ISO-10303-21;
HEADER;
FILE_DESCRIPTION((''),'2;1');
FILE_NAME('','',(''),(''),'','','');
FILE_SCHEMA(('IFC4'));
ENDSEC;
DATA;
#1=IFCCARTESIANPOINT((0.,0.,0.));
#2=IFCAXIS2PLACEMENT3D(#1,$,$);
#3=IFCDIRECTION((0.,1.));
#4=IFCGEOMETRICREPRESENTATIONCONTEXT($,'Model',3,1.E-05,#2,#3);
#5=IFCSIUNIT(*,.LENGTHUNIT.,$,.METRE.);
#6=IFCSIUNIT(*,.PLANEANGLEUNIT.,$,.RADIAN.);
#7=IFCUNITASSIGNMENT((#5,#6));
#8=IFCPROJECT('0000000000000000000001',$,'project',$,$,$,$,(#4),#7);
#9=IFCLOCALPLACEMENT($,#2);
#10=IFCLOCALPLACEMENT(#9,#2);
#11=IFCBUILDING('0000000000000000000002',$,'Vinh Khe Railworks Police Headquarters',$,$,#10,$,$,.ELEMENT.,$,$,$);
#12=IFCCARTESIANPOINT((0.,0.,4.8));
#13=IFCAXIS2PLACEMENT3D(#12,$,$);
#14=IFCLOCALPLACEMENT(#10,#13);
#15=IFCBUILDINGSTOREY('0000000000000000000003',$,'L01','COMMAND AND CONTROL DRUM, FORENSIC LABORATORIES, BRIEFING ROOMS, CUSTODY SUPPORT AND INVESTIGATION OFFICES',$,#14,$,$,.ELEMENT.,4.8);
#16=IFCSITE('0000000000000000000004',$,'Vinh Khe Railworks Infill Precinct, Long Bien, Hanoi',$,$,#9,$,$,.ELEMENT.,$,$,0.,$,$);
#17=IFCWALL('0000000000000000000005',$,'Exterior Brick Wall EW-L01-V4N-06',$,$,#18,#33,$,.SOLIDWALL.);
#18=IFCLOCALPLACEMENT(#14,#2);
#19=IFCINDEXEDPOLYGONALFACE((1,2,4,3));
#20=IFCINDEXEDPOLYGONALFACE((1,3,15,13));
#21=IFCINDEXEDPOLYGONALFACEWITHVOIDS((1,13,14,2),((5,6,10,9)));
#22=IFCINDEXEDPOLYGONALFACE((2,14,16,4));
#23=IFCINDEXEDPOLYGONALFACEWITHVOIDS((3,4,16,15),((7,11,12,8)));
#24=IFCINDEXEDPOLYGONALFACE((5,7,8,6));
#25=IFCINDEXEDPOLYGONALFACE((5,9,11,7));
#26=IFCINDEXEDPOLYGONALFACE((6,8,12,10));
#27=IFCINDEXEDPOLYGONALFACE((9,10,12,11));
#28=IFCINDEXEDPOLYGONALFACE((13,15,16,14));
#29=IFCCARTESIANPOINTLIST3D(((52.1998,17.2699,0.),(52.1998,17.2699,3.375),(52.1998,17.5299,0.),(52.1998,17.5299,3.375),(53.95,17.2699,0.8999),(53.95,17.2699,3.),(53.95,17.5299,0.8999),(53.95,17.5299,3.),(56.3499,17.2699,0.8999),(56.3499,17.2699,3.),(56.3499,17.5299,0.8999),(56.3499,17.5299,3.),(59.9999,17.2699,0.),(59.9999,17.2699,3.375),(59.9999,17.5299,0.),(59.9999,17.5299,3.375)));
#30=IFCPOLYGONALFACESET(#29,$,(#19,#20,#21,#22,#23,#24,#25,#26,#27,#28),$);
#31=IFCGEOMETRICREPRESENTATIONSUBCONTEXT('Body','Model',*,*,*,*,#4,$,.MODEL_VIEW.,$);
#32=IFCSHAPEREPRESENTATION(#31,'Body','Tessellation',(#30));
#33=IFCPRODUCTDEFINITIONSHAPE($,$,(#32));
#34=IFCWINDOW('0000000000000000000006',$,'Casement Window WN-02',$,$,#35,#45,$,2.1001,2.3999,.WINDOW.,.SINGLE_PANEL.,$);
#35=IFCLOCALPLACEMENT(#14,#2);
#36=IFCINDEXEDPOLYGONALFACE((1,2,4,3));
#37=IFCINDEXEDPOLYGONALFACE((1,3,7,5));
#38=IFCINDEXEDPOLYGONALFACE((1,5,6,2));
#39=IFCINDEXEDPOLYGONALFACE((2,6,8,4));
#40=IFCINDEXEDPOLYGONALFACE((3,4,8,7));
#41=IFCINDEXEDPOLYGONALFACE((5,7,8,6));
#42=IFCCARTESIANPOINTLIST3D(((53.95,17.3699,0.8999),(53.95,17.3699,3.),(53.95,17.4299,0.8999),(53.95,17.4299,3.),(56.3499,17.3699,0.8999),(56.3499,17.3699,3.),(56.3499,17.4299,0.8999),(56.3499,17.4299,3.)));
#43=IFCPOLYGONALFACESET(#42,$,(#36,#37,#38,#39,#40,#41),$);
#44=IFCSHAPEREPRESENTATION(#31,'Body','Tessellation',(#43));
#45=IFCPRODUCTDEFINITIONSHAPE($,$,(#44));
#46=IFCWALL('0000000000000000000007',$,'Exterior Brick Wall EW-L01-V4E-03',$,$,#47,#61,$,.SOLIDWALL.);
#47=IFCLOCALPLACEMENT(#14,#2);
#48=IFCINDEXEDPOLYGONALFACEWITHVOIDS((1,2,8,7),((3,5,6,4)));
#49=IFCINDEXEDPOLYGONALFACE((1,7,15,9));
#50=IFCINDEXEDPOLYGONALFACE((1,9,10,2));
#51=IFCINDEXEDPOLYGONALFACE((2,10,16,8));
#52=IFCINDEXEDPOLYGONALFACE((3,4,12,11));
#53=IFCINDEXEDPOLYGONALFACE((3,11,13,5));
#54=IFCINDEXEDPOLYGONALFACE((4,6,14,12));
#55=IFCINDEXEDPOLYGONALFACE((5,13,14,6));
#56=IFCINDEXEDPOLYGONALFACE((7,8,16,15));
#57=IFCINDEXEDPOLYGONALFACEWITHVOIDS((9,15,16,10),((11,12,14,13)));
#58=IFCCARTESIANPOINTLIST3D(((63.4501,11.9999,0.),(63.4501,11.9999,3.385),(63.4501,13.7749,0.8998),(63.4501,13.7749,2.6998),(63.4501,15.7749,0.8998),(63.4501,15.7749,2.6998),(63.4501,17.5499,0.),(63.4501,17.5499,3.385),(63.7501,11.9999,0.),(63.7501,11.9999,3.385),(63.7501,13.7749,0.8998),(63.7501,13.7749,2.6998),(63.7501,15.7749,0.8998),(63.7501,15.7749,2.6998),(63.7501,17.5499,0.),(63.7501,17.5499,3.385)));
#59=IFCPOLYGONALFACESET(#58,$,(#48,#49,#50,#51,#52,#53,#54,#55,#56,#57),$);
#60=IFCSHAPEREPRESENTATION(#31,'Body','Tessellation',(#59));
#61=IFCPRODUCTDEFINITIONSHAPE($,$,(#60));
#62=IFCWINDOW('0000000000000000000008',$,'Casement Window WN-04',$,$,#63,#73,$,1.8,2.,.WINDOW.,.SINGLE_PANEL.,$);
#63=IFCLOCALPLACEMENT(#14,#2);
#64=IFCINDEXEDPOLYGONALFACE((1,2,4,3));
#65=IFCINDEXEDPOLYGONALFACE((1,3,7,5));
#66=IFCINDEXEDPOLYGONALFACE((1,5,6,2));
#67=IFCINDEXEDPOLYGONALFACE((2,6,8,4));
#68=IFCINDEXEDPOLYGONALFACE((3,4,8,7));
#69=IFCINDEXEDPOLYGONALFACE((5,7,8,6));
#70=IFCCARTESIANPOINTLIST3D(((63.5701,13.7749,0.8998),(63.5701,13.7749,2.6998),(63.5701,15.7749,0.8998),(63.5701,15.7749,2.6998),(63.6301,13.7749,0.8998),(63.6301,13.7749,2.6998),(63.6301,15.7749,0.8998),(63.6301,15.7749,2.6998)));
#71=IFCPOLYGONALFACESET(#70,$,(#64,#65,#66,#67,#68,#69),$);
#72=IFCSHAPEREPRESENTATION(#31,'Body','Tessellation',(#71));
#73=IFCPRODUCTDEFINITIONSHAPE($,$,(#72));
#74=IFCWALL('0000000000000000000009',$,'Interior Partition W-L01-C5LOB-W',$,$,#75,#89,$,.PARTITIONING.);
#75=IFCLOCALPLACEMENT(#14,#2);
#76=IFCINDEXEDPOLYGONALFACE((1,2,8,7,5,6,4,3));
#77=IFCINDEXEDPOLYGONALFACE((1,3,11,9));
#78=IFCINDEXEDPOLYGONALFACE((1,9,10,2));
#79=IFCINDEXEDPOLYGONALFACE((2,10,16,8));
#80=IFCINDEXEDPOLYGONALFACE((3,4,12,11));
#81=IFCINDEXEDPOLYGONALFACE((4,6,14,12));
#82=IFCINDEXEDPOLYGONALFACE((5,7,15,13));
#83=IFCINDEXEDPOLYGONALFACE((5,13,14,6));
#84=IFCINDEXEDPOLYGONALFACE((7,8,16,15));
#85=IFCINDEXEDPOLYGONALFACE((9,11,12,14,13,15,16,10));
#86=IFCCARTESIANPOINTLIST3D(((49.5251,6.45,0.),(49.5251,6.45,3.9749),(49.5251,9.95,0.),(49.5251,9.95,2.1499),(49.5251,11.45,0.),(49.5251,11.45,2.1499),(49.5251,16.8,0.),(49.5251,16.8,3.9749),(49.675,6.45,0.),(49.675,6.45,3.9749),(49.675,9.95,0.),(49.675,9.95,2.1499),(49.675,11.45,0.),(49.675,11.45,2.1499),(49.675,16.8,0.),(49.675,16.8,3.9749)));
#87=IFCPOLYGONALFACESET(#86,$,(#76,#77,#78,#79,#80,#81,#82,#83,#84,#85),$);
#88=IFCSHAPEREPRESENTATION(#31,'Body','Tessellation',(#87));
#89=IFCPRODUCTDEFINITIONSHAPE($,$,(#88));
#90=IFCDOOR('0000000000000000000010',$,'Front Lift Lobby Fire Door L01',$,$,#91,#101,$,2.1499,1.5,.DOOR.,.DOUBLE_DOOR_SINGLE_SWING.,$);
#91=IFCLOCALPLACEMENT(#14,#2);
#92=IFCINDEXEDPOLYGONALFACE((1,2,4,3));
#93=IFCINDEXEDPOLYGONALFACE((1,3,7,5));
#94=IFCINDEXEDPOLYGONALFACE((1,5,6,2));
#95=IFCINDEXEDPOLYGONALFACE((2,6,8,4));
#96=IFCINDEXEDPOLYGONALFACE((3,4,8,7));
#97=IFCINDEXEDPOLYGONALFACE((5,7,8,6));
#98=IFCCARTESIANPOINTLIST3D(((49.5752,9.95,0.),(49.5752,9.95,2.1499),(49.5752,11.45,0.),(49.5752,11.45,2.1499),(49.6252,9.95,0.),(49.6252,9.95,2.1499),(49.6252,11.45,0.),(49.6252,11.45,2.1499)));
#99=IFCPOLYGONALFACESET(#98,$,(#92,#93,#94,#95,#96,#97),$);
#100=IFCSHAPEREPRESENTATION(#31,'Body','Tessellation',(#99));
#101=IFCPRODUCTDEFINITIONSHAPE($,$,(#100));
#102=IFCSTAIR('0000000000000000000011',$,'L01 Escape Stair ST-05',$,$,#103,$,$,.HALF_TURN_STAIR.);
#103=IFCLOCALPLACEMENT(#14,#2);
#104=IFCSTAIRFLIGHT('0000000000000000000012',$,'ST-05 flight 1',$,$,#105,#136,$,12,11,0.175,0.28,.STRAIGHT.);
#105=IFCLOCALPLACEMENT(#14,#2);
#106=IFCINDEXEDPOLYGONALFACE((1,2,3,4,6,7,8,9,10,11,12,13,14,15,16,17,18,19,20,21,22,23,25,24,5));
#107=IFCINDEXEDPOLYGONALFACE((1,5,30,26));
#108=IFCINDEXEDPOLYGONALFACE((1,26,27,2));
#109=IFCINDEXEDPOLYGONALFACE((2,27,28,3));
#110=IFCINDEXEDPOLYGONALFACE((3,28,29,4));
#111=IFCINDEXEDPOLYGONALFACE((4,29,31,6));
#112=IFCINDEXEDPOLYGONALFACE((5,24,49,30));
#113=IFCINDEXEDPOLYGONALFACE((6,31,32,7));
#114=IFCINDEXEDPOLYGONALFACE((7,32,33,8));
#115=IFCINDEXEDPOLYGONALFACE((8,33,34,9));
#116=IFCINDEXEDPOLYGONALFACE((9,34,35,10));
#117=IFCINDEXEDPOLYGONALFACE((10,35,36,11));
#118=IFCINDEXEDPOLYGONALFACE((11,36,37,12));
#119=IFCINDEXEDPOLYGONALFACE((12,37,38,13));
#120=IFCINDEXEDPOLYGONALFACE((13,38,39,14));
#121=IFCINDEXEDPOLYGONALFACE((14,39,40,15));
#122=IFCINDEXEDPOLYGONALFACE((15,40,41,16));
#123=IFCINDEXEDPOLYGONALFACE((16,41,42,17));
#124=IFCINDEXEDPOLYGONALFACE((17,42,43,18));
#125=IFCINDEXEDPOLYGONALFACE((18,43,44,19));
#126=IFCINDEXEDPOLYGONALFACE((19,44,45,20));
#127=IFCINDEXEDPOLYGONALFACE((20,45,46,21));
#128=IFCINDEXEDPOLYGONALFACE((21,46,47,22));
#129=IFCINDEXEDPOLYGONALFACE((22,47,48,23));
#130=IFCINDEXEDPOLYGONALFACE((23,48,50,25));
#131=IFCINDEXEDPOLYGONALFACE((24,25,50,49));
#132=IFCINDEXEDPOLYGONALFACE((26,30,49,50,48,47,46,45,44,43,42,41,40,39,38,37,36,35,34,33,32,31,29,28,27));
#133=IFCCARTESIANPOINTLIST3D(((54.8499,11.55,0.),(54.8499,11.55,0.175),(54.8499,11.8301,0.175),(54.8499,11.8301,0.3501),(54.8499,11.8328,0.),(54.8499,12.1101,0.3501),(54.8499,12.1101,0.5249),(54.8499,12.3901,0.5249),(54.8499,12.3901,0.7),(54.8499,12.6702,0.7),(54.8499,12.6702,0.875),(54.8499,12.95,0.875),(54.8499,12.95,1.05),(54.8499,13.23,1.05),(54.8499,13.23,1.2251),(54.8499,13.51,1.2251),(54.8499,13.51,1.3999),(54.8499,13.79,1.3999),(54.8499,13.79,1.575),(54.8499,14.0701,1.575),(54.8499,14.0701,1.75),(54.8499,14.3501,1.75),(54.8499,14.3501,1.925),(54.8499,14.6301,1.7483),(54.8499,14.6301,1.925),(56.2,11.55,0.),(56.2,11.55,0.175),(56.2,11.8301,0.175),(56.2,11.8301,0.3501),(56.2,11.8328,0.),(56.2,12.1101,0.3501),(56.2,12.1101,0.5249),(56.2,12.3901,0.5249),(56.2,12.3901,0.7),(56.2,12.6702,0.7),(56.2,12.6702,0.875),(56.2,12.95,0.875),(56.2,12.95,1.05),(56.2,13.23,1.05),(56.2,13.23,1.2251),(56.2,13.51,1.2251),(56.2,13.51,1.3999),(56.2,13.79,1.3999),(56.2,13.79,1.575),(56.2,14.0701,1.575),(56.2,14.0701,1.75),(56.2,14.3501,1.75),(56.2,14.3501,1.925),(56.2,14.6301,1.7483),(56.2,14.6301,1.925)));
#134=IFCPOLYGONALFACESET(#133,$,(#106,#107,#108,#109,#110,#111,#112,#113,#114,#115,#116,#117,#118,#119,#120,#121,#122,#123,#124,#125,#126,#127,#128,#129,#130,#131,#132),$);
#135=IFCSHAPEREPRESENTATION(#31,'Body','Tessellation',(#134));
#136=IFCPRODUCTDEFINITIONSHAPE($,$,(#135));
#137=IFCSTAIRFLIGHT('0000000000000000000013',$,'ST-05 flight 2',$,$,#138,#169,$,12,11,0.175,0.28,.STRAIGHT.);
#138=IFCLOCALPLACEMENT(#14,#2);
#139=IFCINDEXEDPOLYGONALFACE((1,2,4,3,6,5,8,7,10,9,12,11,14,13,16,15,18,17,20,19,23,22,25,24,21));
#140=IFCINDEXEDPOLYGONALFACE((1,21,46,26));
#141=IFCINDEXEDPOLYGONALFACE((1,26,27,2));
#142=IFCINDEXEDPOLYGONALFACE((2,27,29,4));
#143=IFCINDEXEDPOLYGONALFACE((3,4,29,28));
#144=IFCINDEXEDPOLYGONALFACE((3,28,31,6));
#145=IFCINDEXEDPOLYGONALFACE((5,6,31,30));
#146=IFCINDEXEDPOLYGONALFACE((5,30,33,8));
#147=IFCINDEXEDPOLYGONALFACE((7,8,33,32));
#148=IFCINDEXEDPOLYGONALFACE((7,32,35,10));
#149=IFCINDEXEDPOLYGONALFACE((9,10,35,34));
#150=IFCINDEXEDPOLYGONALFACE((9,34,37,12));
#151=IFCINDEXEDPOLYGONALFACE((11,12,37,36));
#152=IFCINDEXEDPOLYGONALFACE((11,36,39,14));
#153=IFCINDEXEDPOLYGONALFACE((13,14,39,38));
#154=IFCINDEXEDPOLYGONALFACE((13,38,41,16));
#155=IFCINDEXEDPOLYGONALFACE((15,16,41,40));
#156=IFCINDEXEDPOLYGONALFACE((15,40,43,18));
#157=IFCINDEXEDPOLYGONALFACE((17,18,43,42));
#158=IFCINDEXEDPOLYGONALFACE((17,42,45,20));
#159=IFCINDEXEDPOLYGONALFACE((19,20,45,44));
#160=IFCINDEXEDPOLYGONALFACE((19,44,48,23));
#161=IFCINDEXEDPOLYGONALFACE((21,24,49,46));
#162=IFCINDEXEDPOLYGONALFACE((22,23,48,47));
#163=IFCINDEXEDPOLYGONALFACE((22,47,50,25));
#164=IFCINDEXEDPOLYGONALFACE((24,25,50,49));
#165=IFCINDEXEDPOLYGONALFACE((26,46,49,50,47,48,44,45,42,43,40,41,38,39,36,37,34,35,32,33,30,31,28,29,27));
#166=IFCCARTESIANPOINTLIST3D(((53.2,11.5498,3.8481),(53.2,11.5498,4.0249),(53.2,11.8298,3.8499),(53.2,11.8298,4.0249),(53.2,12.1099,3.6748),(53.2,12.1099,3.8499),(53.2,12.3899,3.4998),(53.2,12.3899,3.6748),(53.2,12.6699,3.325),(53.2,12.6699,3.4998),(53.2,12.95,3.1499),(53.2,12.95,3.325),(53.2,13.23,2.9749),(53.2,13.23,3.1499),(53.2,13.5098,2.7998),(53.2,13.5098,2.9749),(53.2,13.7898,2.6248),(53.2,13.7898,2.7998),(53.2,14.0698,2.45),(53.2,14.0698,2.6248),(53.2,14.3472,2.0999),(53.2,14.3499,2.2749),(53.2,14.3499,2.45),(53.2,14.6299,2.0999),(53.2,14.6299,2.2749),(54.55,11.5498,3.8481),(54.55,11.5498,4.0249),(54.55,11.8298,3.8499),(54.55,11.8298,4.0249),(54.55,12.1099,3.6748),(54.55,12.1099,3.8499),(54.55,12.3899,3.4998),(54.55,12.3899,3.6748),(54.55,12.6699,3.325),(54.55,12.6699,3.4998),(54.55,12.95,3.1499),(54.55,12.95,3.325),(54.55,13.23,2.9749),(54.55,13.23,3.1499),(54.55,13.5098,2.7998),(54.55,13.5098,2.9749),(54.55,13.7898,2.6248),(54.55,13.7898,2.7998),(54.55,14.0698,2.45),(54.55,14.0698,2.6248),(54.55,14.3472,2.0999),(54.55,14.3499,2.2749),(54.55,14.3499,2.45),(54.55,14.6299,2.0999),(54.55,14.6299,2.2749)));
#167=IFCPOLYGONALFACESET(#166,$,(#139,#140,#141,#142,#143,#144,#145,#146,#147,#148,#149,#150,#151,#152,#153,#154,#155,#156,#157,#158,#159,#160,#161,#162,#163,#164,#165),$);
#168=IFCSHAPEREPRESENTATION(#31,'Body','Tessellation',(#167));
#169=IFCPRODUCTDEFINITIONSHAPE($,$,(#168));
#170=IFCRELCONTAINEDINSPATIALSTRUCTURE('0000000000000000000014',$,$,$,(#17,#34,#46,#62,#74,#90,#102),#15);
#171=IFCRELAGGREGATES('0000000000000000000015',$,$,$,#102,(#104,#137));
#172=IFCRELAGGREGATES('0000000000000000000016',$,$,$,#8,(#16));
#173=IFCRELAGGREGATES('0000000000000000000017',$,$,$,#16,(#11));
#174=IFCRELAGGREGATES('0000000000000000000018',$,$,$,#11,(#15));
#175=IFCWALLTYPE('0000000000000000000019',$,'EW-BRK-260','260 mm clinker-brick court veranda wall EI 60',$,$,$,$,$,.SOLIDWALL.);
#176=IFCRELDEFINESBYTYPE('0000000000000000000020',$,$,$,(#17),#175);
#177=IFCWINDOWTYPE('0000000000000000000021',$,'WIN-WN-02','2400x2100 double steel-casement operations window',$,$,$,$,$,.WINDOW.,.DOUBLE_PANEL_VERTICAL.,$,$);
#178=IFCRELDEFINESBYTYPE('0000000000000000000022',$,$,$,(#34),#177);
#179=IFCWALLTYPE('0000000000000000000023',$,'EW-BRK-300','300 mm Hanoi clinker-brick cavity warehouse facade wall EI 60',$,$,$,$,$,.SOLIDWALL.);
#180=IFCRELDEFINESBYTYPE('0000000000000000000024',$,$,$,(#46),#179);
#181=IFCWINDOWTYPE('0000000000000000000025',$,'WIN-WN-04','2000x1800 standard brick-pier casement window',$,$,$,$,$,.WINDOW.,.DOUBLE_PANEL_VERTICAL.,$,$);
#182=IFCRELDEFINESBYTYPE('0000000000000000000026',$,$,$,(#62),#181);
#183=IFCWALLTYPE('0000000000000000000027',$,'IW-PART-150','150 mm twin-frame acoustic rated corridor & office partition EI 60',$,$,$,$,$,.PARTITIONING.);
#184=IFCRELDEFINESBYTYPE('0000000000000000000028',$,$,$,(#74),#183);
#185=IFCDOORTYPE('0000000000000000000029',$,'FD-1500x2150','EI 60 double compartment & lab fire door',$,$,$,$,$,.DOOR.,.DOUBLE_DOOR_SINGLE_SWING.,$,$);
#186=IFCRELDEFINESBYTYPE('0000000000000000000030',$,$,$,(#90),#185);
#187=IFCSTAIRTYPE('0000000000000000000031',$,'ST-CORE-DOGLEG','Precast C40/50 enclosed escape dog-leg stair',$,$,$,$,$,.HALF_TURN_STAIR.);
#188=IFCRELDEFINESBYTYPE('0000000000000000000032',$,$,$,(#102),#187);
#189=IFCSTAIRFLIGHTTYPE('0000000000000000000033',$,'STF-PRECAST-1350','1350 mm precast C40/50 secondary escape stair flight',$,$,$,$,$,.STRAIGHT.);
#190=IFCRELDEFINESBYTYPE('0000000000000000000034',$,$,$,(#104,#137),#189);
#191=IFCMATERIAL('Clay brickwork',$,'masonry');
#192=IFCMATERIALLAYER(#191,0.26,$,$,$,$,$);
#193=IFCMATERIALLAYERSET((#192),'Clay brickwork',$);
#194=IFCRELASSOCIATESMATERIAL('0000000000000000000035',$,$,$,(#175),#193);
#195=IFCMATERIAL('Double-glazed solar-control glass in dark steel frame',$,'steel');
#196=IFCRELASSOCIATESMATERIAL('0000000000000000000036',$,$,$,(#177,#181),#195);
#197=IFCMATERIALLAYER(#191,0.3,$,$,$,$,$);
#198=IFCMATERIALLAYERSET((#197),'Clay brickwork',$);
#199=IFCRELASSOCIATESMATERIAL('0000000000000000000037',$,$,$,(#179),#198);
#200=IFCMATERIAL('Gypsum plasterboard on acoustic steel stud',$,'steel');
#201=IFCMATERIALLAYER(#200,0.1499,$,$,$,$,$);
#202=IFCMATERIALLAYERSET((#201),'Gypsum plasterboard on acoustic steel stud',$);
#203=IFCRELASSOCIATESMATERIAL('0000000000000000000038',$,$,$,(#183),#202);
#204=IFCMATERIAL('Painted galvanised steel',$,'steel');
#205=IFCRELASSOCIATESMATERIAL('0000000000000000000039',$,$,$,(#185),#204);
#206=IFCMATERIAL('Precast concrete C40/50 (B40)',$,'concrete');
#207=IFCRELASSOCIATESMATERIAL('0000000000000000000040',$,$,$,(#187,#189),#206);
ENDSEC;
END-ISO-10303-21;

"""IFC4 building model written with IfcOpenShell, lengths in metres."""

from ifc_helpers import new_model, si_unit, direction, frame, frame_2d, origin, place, context, subcontext, project, spatial, polyline, rectangle, outline, extrude, material, layer, layer_set, type_object, element, fill, aggregate, save


model = new_model("IFC4")

# Units and contexts
model_context = context("Model", 3, precision=1e-05, world=origin(), true_north=direction((0.0, 1.0)))
body_context = subcontext(model_context, "Body", "Model", "MODEL_VIEW")
ifc_project = project(units=[si_unit("LENGTHUNIT", "METRE"), si_unit("PLANEANGLEUNIT", "RADIAN")], contexts=[model_context])

# Site, building, storey
site_placement = place(None, origin())
site = spatial("IfcSite", under=ifc_project, at=site_placement, Name="Vinh Khe Railworks Infill Precinct, Long Bien, Hanoi", CompositionType="ELEMENT", RefElevation=0.0)
building_placement = place(site_placement, origin())
building = spatial("IfcBuilding", under=site, at=building_placement, Name="Vinh Khe Railworks Police Headquarters", CompositionType="ELEMENT")
storey_placement = place(building_placement, frame((0.0, 0.0, 4.8)))
storey = spatial("IfcBuildingStorey", under=building, at=storey_placement, Name="L01", Description="COMMAND AND CONTROL DRUM, FORENSIC LABORATORIES, BRIEFING ROOMS, CUSTODY SUPPORT AND INVESTIGATION OFFICES", CompositionType="ELEMENT", Elevation=4.8)

# Shared definitions
ifc_material_1 = material(Name="Painted galvanised steel", Category="steel")

# Walls, openings, windows
ifc_material_2 = material(Name="Clay brickwork", Category="masonry")
ifc_layer_1 = layer(ifc_material_2, 0.26)
ifc_layer_set_1 = layer_set([ifc_layer_1], Name="Clay brickwork")
wall_type_1 = type_object("IfcWallType", Name="EW-BRK-260", Description="260 mm clinker-brick court veranda wall EI 60", PredefinedType="SOLIDWALL", material=ifc_layer_set_1)
wall_1_placement = place(storey_placement, frame((52.2, 17.3999, 0.0), z_axis=(0.0, 0.0, 1.0), x_axis=(1.0, 0.0, 0.0)))
wall_1 = element("IfcWall", 1, at=wall_1_placement, inside=storey, type_object=wall_type_1, Name="Exterior Brick Wall EW-L01-V4N-06", PredefinedType="SOLIDWALL", context=body_context, shape_type="SweptSolid", body=[
    extrude(rectangle(XDim=7.8, YDim=0.26, at=frame_2d((3.8999, 0.0))), origin(), (0.0, 0.0, 1.0), 3.375),
])
opening_1_placement = place(wall_1_placement, frame((1.75, 0.0, 0.8999)))
opening_1 = element("IfcOpeningElement", 2, at=opening_1_placement, cuts=wall_1, PredefinedType="OPENING", context=body_context, shape_type="SweptSolid", body=[
    extrude(rectangle(XDim=2.3999, YDim=2.1001, at=frame_2d((1.2, 1.05))), frame((0.0, 0.145, 0.0), z_axis=(0.0, -1.0, 0.0), x_axis=(1.0, 0.0, 0.0)), (0.0, 0.0, 1.0), 0.2898),
])
ifc_material_3 = material(Name="Double-glazed solar-control glass in dark steel frame", Category="steel")
window_type_1 = type_object("IfcWindowType", Name="WIN-WN-02", Description="2400x2100 double steel-casement operations window", PartitioningType="DOUBLE_PANEL_VERTICAL", PredefinedType="WINDOW", material=ifc_material_3)
window_1_placement = place(opening_1_placement, origin())
window_1 = element("IfcWindow", 3, at=window_1_placement, inside=storey, type_object=window_type_1, Name="Casement Window WN-02", OverallHeight=2.1001, OverallWidth=2.3999, PartitioningType="SINGLE_PANEL", PredefinedType="WINDOW", context=body_context, shape_type="SweptSolid", body=[
    extrude(rectangle(XDim=2.3999, YDim=2.1001, at=frame_2d((1.2, 1.05))), frame((0.0, 0.03, 0.0), z_axis=(0.0, -1.0, 0.0), x_axis=(1.0, 0.0, 0.0)), (0.0, 0.0, 1.0), 0.0601),
])
fill(opening_1, window_1)
ifc_layer_2 = layer(ifc_material_2, 0.3)
ifc_layer_set_2 = layer_set([ifc_layer_2], Name="Clay brickwork")
wall_type_2 = type_object("IfcWallType", Name="EW-BRK-300", Description="300 mm Hanoi clinker-brick cavity warehouse facade wall EI 60", PredefinedType="SOLIDWALL", material=ifc_layer_set_2)
wall_2_placement = place(storey_placement, frame((63.6001, 12.0, 0.0), z_axis=(0.0, 0.0, 1.0), x_axis=(0.0, 1.0, 0.0)))
wall_2 = element("IfcWall", 4, at=wall_2_placement, inside=storey, type_object=wall_type_2, Name="Exterior Brick Wall EW-L01-V4E-03", PredefinedType="SOLIDWALL", context=body_context, shape_type="SweptSolid", body=[
    extrude(rectangle(XDim=5.55, YDim=0.3, at=frame_2d((2.7749, 0.0))), origin(), (0.0, 0.0, 1.0), 3.385),
])
opening_2_placement = place(wall_2_placement, frame((1.7749, 0.0, 0.8999)))
opening_2 = element("IfcOpeningElement", 5, at=opening_2_placement, cuts=wall_2, PredefinedType="OPENING", context=body_context, shape_type="SweptSolid", body=[
    extrude(rectangle(XDim=2.0, YDim=1.8, at=frame_2d((1.0, 0.8999))), frame((0.0, 0.165, 0.0), z_axis=(0.0, -1.0, 0.0), x_axis=(1.0, 0.0, 0.0)), (0.0, 0.0, 1.0), 0.3298),
])
window_type_2 = type_object("IfcWindowType", Name="WIN-WN-04", Description="2000x1800 standard brick-pier casement window", PartitioningType="DOUBLE_PANEL_VERTICAL", PredefinedType="WINDOW", material=ifc_material_3)
window_2_placement = place(opening_2_placement, origin())
window_2 = element("IfcWindow", 6, at=window_2_placement, inside=storey, type_object=window_type_2, Name="Casement Window WN-04", OverallHeight=1.8, OverallWidth=2.0, PartitioningType="SINGLE_PANEL", PredefinedType="WINDOW", context=body_context, shape_type="SweptSolid", body=[
    extrude(rectangle(XDim=2.0, YDim=1.8, at=frame_2d((1.0, 0.8999))), frame((0.0, 0.03, 0.0), z_axis=(0.0, -1.0, 0.0), x_axis=(1.0, 0.0, 0.0)), (0.0, 0.0, 1.0), 0.0601),
])
fill(opening_2, window_2)

# Wall, opening, door
ifc_material_4 = material(Name="Gypsum plasterboard on acoustic steel stud", Category="steel")
ifc_layer_3 = layer(ifc_material_4, 0.1499)
ifc_layer_set_3 = layer_set([ifc_layer_3], Name="Gypsum plasterboard on acoustic steel stud")
wall_type_3 = type_object("IfcWallType", Name="IW-PART-150", Description="150 mm twin-frame acoustic rated corridor & office partition EI 60", PredefinedType="PARTITIONING", material=ifc_layer_set_3)
wall_3_placement = place(storey_placement, frame((49.6001, 6.45, 0.0), z_axis=(0.0, 0.0, 1.0), x_axis=(0.0, 1.0, 0.0)))
wall_3 = element("IfcWall", 7, at=wall_3_placement, inside=storey, type_object=wall_type_3, Name="Interior Partition W-L01-C5LOB-W", PredefinedType="PARTITIONING", context=body_context, shape_type="SweptSolid", body=[
    extrude(rectangle(XDim=10.3501, YDim=0.1499, at=frame_2d((5.175, 0.0))), origin(), (0.0, 0.0, 1.0), 3.9749),
])
opening_3_placement = place(wall_3_placement, frame((3.5, 0.0, 0.0)))
opening_3 = element("IfcOpeningElement", 8, at=opening_3_placement, cuts=wall_3, PredefinedType="OPENING", context=body_context, shape_type="SweptSolid", body=[
    extrude(rectangle(XDim=1.5, YDim=2.1499, at=frame_2d((0.75, 1.075))), frame((0.0, 0.0898, 0.0), z_axis=(0.0, -1.0, 0.0), x_axis=(1.0, 0.0, 0.0)), (0.0, 0.0, 1.0), 0.1797),
])
door_type_1 = type_object("IfcDoorType", Name="FD-1500x2150", Description="EI 60 double compartment & lab fire door", OperationType="DOUBLE_DOOR_SINGLE_SWING", PredefinedType="DOOR", material=ifc_material_1)
door_1_placement = place(opening_3_placement, origin())
door_1 = element("IfcDoor", 9, at=door_1_placement, inside=storey, type_object=door_type_1, Name="Front Lift Lobby Fire Door L01", OperationType="DOUBLE_DOOR_SINGLE_SWING", OverallHeight=2.1499, OverallWidth=1.5, PredefinedType="DOOR", context=body_context, shape_type="SweptSolid", body=[
    extrude(rectangle(XDim=1.5, YDim=2.1499, at=frame_2d((0.75, 1.075))), frame((0.0, 0.0249, 0.0), z_axis=(0.0, -1.0, 0.0), x_axis=(1.0, 0.0, 0.0)), (0.0, 0.0, 1.0), 0.05),
])
fill(opening_3, door_1)

# Stair, stair flights
ifc_material_5 = material(Name="Precast concrete C40/50 (B40)", Category="concrete")
stair_type = type_object("IfcStairType", Name="ST-CORE-DOGLEG", Description="Precast C40/50 enclosed escape dog-leg stair", PredefinedType="HALF_TURN_STAIR", material=ifc_material_5)
stair_placement = place(storey_placement, origin())
stair = element("IfcStair", 10, at=stair_placement, inside=storey, type_object=stair_type, Name="L01 Escape Stair ST-05", PredefinedType="HALF_TURN_STAIR")
stair_flight_type = type_object("IfcStairFlightType", Name="STF-PRECAST-1350", Description="1350 mm precast C40/50 secondary escape stair flight", PredefinedType="STRAIGHT", material=ifc_material_5)
stair_flight_1_placement = place(storey_placement, frame((55.5249, 11.55, 0.0), z_axis=(0.0, 0.0, 1.0), x_axis=(0.0, 1.0, 0.0)))
stair_flight_1 = element("IfcStairFlight", 11, at=stair_flight_1_placement, type_object=stair_flight_type, Name="ST-05 flight 1", NumberOfRisers=12, NumberOfTreads=11, PredefinedType="STRAIGHT", RiserHeight=0.175, TreadLength=0.28, context=body_context, shape_type="SweptSolid", body=[
    extrude(outline(polyline([(0.0, 0.0), (0.0, 0.175), (0.28, 0.175), (0.28, 0.3501), (0.5601, 0.3501), (0.5601, 0.5249), (0.8401, 0.5249), (0.8401, 0.7), (1.1201, 0.7), (1.1201, 0.875), (1.3999, 0.875), (1.3999, 1.05), (1.6799, 1.05), (1.6799, 1.2251), (1.96, 1.2251), (1.96, 1.3999), (2.24, 1.3999), (2.24, 1.575), (2.52, 1.575), (2.52, 1.75), (2.8, 1.75), (2.8, 1.925), (3.0801, 1.925), (3.0801, 2.1001), (3.0801, 1.7483), (0.2827, 0.0), (0.0, 0.0)])), frame((0.0, 0.675, 0.0), z_axis=(0.0, -1.0, 0.0), x_axis=(1.0, 0.0, 0.0)), (0.0, 0.0, 1.0), 1.3501),
])
stair_flight_2_placement = place(storey_placement, frame((53.875, 14.6299, 2.0999), z_axis=(0.0, 0.0, 1.0), x_axis=(0.0, -1.0, 0.0)))
stair_flight_2 = element("IfcStairFlight", 12, at=stair_flight_2_placement, type_object=stair_flight_type, Name="ST-05 flight 2", NumberOfRisers=12, NumberOfTreads=11, PredefinedType="STRAIGHT", RiserHeight=0.175, TreadLength=0.28, context=body_context, shape_type="SweptSolid", body=[
    extrude(outline(polyline([(0.0, 0.0), (0.0, 0.175), (0.28, 0.175), (0.28, 0.3501), (0.5601, 0.3501), (0.5601, 0.5249), (0.8401, 0.5249), (0.8401, 0.7), (1.1201, 0.7), (1.1201, 0.875), (1.3999, 0.875), (1.3999, 1.05), (1.6799, 1.05), (1.6799, 1.2251), (1.96, 1.2251), (1.96, 1.3999), (2.24, 1.3999), (2.24, 1.575), (2.52, 1.575), (2.52, 1.75), (2.8, 1.75), (2.8, 1.925), (3.0801, 1.925), (3.0801, 2.1001), (3.0801, 1.7483), (0.2827, 0.0), (0.0, 0.0)])), frame((0.0, 0.675, 0.0), z_axis=(0.0, -1.0, 0.0), x_axis=(1.0, 0.0, 0.0)), (0.0, 0.0, 1.0), 1.3501),
])
aggregate(stair, [stair_flight_1, stair_flight_2])

save(model, "model.ifc")
